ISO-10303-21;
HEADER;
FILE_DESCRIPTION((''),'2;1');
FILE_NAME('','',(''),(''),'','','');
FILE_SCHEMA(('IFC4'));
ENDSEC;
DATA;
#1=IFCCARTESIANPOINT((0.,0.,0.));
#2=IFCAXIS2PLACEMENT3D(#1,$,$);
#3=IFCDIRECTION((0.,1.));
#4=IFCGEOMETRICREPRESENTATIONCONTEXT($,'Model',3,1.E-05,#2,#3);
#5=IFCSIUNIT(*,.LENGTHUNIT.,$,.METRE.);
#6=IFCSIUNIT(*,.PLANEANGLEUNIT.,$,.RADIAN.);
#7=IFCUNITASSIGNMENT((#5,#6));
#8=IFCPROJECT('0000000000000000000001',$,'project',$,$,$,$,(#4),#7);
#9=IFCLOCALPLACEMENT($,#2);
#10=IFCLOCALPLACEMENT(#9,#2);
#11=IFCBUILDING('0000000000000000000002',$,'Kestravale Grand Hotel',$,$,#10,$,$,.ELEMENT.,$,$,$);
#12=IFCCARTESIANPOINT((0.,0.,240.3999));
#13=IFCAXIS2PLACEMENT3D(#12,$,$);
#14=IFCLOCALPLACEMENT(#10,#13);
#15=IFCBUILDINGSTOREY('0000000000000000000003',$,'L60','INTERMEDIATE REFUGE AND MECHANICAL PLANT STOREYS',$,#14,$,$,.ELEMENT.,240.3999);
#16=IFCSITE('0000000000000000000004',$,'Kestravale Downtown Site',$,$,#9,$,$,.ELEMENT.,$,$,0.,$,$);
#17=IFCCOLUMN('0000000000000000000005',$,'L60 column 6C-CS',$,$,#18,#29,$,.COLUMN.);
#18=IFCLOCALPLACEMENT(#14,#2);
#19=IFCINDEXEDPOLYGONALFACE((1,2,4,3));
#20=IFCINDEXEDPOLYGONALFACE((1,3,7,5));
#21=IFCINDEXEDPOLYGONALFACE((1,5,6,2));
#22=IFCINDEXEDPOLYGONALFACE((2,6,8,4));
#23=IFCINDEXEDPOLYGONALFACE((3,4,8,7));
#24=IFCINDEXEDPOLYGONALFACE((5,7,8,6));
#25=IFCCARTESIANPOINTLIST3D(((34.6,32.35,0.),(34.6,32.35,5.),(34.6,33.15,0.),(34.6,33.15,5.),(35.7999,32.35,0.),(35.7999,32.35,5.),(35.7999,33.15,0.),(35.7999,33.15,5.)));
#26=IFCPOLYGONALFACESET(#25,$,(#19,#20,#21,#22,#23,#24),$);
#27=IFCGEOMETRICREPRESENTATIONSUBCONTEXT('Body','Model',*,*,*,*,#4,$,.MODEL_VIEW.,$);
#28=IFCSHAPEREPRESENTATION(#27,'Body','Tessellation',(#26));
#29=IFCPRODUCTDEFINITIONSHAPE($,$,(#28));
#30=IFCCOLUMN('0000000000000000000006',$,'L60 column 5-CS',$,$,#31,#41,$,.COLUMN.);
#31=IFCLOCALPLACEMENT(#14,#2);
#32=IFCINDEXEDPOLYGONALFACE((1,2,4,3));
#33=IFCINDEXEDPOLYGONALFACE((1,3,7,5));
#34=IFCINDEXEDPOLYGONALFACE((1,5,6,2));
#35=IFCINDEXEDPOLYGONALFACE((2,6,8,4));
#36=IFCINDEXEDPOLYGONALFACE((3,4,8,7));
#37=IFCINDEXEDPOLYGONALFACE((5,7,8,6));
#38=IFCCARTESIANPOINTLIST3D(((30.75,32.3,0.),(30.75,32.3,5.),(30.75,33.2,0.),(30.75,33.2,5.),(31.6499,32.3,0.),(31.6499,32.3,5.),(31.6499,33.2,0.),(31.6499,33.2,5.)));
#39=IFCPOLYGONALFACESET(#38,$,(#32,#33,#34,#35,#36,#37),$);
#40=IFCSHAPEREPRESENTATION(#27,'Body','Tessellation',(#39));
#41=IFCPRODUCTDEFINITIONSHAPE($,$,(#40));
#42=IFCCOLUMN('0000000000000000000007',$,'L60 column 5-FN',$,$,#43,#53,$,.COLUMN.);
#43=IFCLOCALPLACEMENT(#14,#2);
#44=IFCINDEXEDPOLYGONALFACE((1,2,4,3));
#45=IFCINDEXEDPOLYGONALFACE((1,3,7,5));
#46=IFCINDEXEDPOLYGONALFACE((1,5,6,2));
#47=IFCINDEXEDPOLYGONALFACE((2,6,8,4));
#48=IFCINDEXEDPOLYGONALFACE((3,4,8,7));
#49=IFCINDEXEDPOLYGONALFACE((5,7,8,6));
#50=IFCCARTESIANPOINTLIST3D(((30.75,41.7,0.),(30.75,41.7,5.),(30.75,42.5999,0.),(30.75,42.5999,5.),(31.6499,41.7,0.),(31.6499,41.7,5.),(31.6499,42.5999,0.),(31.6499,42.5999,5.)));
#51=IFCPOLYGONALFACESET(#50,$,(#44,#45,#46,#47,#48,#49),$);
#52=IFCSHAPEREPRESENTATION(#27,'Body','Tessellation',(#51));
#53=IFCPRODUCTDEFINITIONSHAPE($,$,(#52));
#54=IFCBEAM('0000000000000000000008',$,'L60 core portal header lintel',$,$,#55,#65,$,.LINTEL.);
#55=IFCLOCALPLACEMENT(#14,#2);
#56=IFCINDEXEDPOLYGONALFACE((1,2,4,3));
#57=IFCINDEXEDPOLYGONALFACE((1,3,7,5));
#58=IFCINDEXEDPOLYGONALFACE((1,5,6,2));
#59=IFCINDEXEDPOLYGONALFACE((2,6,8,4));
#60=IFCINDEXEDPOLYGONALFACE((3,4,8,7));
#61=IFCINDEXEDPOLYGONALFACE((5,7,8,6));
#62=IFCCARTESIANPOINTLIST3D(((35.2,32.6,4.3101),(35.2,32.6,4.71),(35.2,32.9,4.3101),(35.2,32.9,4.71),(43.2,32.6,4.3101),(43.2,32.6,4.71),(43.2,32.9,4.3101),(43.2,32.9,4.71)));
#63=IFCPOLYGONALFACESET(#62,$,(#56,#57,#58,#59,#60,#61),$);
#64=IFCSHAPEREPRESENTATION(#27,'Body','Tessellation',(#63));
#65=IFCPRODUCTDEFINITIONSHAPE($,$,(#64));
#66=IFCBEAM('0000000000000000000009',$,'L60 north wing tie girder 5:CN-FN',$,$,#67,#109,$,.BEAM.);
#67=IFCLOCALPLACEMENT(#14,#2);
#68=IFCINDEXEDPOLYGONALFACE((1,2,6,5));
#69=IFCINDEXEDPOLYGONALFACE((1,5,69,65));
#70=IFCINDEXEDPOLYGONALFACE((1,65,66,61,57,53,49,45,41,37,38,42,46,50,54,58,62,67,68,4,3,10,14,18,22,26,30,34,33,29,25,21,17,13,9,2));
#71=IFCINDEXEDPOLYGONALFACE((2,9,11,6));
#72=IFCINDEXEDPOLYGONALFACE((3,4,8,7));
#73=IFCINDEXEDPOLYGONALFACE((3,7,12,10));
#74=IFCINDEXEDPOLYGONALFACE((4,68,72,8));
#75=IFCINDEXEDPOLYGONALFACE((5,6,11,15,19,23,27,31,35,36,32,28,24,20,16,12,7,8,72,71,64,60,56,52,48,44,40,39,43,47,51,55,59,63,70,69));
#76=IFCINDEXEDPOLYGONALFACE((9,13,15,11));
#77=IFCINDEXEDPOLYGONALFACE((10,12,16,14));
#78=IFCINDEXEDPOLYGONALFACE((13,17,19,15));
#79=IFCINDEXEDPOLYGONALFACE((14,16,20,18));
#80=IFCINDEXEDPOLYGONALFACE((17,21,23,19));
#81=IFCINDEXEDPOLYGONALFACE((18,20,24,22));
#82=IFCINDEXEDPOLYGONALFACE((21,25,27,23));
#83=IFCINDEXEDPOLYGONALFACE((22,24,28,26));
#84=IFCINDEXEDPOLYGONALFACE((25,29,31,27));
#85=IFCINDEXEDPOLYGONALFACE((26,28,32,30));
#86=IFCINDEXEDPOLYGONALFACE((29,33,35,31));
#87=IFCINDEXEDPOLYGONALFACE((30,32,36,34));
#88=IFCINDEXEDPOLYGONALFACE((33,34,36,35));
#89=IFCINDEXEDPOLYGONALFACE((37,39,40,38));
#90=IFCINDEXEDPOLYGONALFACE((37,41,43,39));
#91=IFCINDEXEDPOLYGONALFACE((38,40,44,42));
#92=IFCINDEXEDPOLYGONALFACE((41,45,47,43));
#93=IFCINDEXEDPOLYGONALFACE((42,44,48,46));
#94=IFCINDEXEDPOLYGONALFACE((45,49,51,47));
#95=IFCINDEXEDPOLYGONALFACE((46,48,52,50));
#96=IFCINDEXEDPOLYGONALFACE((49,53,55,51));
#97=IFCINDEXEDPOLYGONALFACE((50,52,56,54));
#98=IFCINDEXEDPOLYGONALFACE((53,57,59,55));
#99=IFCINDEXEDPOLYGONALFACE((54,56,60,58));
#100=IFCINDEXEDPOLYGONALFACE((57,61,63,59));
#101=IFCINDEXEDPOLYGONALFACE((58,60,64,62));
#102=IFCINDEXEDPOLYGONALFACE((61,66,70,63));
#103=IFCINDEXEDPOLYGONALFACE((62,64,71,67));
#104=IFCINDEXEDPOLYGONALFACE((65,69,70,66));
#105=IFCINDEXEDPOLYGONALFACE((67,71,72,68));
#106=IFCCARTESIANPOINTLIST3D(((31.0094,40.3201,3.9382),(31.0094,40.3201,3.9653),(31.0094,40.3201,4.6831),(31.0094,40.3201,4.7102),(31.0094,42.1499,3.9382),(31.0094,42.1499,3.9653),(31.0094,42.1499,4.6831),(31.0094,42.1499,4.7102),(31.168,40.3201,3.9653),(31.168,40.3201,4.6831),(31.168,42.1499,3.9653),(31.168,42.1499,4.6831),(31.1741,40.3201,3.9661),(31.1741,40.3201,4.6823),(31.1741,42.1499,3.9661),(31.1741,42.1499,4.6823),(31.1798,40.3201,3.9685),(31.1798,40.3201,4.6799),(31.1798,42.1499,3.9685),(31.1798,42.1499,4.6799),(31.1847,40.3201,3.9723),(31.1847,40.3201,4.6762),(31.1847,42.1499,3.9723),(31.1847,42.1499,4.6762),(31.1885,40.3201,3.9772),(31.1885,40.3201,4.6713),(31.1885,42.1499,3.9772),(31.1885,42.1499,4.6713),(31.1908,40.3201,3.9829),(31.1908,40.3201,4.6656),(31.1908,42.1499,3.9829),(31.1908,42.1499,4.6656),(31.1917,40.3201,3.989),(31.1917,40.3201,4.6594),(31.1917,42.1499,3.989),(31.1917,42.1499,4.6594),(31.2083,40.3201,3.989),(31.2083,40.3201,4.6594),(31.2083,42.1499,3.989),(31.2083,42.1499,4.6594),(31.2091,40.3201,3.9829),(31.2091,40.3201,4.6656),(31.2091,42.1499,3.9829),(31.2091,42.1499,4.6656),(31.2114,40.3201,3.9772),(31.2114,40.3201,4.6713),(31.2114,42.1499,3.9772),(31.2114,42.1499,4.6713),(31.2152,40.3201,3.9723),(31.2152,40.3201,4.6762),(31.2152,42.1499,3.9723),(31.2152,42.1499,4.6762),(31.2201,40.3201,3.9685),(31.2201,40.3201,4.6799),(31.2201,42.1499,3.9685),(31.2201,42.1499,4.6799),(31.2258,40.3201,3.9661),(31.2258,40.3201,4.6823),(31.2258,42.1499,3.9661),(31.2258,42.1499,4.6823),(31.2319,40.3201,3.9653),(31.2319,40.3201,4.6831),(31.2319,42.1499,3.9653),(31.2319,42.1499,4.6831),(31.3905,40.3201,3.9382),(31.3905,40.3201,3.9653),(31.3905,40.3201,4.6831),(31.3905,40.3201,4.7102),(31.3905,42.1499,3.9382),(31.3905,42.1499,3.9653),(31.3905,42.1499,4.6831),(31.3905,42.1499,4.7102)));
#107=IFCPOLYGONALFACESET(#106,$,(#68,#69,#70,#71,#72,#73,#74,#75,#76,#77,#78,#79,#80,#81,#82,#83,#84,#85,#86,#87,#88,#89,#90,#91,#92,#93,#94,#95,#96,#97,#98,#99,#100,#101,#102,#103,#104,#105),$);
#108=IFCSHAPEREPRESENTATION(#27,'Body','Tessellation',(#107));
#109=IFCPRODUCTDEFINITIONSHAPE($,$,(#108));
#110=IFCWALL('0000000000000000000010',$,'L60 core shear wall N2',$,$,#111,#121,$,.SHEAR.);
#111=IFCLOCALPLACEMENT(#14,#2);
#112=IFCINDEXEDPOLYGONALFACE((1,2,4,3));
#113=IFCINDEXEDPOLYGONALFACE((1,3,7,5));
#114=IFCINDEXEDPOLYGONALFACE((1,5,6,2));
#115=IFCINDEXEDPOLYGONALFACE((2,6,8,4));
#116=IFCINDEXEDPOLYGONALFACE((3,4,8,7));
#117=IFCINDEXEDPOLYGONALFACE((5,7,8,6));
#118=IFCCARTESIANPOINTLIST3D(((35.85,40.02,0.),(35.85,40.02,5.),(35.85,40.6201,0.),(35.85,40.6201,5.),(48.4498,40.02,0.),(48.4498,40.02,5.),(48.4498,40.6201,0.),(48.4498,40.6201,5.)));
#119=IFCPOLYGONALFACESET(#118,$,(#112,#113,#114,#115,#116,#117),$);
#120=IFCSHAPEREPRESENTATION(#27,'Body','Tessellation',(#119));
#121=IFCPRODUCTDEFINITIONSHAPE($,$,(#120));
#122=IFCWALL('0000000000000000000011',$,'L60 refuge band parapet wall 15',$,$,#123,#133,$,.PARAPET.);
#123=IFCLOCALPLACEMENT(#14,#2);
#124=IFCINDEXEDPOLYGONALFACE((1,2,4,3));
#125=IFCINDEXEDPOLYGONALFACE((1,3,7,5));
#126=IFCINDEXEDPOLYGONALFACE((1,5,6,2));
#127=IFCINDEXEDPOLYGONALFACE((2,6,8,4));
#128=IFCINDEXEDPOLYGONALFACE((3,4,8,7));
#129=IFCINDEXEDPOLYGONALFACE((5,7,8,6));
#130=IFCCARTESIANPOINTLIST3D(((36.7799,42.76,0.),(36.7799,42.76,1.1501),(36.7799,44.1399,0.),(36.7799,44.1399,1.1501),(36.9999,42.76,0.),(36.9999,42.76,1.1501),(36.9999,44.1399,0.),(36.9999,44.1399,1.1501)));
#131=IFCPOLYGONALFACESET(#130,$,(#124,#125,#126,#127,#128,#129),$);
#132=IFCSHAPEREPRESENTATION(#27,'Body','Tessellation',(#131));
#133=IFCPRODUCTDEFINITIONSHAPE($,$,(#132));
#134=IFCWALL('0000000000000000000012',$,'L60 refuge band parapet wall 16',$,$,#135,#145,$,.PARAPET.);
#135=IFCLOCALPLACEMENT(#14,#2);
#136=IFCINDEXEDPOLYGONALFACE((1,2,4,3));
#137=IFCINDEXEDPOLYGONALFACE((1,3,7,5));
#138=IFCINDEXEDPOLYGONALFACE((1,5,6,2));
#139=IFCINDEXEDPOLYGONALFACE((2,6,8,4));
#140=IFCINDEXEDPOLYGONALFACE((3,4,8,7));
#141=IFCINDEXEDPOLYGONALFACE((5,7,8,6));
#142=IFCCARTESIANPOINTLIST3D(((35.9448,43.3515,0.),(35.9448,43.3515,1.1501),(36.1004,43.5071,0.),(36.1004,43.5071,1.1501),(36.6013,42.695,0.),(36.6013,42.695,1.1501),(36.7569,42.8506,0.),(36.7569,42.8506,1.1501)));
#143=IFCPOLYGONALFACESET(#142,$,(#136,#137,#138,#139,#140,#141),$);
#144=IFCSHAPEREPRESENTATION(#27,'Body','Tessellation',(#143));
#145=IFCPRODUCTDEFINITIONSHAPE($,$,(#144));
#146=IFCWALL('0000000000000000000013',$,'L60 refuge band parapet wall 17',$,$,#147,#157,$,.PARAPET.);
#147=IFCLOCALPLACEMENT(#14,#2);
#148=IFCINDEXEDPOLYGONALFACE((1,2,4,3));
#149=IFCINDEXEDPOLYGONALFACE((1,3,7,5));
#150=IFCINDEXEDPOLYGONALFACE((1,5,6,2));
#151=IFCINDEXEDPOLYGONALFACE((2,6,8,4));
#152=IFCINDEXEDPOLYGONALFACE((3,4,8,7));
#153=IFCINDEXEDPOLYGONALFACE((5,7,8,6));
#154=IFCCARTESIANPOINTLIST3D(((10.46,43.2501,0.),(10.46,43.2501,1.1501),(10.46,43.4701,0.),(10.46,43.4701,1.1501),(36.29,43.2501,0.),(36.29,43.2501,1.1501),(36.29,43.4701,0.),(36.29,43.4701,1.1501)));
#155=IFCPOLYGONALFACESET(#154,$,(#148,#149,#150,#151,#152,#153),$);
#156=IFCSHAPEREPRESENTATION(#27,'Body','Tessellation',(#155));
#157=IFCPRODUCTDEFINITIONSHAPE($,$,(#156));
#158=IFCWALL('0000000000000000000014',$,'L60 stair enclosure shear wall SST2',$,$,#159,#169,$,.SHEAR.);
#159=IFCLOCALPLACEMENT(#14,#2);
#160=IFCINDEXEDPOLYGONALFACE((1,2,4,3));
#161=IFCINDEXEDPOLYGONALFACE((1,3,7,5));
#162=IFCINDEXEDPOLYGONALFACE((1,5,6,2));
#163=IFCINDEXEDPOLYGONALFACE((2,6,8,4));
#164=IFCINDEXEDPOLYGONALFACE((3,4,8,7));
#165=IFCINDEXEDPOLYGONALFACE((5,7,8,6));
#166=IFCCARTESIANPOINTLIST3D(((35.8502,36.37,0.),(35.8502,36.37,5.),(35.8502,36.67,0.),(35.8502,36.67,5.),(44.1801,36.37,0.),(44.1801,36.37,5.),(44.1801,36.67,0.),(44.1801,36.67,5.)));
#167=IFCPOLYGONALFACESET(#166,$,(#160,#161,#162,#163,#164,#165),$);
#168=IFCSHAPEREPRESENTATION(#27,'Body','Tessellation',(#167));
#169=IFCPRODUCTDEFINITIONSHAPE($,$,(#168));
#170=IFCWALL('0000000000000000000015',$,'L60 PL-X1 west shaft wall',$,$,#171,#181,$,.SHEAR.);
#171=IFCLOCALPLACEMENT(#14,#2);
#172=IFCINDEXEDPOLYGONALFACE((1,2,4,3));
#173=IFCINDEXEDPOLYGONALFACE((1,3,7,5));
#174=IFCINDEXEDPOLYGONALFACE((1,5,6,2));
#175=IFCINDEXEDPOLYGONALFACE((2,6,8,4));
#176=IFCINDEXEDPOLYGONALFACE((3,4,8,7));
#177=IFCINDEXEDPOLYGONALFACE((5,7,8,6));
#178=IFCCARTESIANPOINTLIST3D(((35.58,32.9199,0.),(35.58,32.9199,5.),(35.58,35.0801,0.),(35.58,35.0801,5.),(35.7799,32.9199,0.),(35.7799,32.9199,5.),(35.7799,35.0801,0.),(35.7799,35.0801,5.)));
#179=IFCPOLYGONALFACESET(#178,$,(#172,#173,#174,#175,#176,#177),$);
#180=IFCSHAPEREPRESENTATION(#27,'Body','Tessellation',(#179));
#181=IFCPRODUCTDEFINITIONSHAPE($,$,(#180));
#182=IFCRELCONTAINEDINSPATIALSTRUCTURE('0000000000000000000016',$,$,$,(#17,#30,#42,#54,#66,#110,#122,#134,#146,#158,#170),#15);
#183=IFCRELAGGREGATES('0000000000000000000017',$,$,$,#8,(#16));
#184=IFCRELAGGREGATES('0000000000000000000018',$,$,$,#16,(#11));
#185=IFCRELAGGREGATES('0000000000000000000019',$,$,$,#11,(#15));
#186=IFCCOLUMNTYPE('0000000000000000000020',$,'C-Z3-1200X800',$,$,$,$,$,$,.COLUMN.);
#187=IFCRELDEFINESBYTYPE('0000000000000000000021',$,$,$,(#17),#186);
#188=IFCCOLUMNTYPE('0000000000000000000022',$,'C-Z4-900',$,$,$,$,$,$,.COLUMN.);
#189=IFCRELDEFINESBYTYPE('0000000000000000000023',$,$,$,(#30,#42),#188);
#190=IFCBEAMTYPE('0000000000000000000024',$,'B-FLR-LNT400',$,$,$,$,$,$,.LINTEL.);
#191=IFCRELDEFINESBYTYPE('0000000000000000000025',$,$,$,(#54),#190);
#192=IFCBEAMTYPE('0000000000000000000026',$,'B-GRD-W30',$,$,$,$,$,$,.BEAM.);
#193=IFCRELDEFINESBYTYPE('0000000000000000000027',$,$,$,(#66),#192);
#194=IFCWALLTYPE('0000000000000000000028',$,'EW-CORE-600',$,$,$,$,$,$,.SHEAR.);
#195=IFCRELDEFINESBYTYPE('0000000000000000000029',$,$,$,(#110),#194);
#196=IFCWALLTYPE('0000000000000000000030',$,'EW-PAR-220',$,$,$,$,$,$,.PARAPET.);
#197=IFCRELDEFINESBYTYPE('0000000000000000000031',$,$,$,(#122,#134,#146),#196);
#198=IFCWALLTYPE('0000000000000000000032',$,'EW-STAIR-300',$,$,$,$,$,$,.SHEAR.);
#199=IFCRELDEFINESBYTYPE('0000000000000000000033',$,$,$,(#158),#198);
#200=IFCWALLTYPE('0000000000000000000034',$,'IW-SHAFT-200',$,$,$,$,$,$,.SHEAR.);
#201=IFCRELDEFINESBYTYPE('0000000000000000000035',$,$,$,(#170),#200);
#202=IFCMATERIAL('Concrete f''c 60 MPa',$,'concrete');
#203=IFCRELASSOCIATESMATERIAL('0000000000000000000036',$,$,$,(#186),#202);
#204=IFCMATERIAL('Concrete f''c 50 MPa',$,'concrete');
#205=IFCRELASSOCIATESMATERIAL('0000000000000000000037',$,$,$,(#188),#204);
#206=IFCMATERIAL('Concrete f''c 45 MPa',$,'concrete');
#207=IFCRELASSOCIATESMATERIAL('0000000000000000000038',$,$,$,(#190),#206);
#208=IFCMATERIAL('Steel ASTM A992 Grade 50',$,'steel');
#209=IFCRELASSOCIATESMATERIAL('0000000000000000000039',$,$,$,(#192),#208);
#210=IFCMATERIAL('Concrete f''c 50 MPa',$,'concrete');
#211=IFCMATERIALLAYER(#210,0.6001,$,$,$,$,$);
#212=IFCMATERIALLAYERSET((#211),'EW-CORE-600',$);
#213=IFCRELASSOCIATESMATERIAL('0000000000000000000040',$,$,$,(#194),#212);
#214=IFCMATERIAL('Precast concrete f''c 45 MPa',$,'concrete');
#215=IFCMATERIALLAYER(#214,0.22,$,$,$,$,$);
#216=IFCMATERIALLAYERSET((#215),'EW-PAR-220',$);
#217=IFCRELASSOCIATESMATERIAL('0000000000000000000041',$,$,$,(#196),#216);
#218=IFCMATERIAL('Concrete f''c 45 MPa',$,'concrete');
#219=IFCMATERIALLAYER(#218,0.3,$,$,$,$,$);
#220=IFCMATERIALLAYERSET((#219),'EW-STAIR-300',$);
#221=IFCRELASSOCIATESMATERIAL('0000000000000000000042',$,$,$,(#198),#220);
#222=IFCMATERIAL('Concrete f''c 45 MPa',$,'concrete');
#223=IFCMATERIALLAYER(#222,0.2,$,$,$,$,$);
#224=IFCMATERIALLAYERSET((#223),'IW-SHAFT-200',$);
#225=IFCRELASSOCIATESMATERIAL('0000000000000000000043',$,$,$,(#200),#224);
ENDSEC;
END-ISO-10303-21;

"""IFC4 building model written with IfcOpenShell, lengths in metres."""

from ifc_helpers import new_model, si_unit, direction, frame, frame_2d, origin, origin_2d, place, context, subcontext, project, spatial, rectangle, i_section, extrude, material, layer, layer_set, material_profile, profile_set, type_object, element, save


model = new_model("IFC4")

# Units and contexts
model_context = context("Model", 3, precision=1e-05, world=origin(), true_north=direction((0.0, 1.0)))
body_context = subcontext(model_context, "Body", "Model", "MODEL_VIEW")
ifc_project = project(units=[si_unit("LENGTHUNIT", "METRE"), si_unit("PLANEANGLEUNIT", "RADIAN")], contexts=[model_context])

# Site, building, storey
site_placement = place(None, origin())
site = spatial("IfcSite", under=ifc_project, at=site_placement, Name="Kestravale Downtown Site", CompositionType="ELEMENT", RefElevation=0.0)
building_placement = place(site_placement, origin())
building = spatial("IfcBuilding", under=site, at=building_placement, Name="Kestravale Grand Hotel", CompositionType="ELEMENT")
storey_placement = place(building_placement, frame((0.0, 0.0, 240.3999)))
storey = spatial("IfcBuildingStorey", under=building, at=storey_placement, Name="L60", Description="INTERMEDIATE REFUGE AND MECHANICAL PLANT STOREYS", CompositionType="ELEMENT", Elevation=240.3999)

# Columns
ifc_material_1 = material(Name="Concrete f'c 60 MPa", Category="concrete")
ifc_material_profile_1 = material_profile(ifc_material_1, rectangle(XDim=1.2, YDim=0.8, at=origin_2d()))
ifc_profile_set_1 = profile_set([ifc_material_profile_1], Name="Concrete f'c 60 MPa")
column_type_1 = type_object("IfcColumnType", Name="C-Z3-1200X800", PredefinedType="COLUMN", material=ifc_profile_set_1)
column_placement = place(storey_placement, frame((35.2, 32.75, 0.0), z_axis=(0.0, 0.0, 1.0), x_axis=(1.0, 0.0, 0.0)))
element("IfcColumn", 1, at=column_placement, inside=storey, type_object=column_type_1, Name="L60 column 6C-CS", PredefinedType="COLUMN", context=body_context, shape_type="SweptSolid", body=[
    extrude(rectangle(XDim=1.2, YDim=0.8, at=origin_2d()), origin(), (0.0, 0.0, 1.0), 5.0),
])
ifc_material_2 = material(Name="Concrete f'c 50 MPa", Category="concrete")
ifc_material_profile_2 = material_profile(ifc_material_2, rectangle(XDim=0.8999, YDim=0.8999, at=origin_2d()))
ifc_profile_set_2 = profile_set([ifc_material_profile_2], Name="Concrete f'c 50 MPa")
column_type_2 = type_object("IfcColumnType", Name="C-Z4-900", PredefinedType="COLUMN", material=ifc_profile_set_2)
for number, where, z_axis, x_axis, name in (
    (2, (31.2, 32.75, 0.0), (0.0, 0.0, 1.0), (1.0, 0.0, 0.0), "L60 column 5-CS"),
    (3, (31.2, 42.1499, 0.0), (0.0, 0.0, 1.0), (1.0, 0.0, 0.0), "L60 column 5-FN"),
):
    element("IfcColumn", number, at=place(storey_placement, frame(where, z_axis=z_axis, x_axis=x_axis)), inside=storey, type_object=column_type_2, Name=name, PredefinedType="COLUMN", context=body_context, shape_type="SweptSolid", body=[
        extrude(rectangle(XDim=0.8999, YDim=0.8999, at=origin_2d()), origin(), (0.0, 0.0, 1.0), 5.0),
    ])

# Beams
ifc_material_3 = material(Name="Concrete f'c 45 MPa", Category="concrete")
ifc_material_profile_3 = material_profile(ifc_material_3, rectangle(XDim=0.3, YDim=0.3999, at=origin_2d()))
ifc_profile_set_3 = profile_set([ifc_material_profile_3], Name="Concrete f'c 45 MPa")
beam_type_1 = type_object("IfcBeamType", Name="B-FLR-LNT400", PredefinedType="LINTEL", material=ifc_profile_set_3)
beam_1_placement = place(storey_placement, frame((35.2, 32.75, 4.51), z_axis=(1.0, 0.0, 0.0), x_axis=(0.0, 1.0, 0.0)))
element("IfcBeam", 4, at=beam_1_placement, inside=storey, type_object=beam_type_1, Name="L60 core portal header lintel", PredefinedType="LINTEL", context=body_context, shape_type="SweptSolid", body=[
    extrude(rectangle(XDim=0.3, YDim=0.3999, at=origin_2d()), origin(), (0.0, 0.0, 1.0), 8.0),
])
ifc_material_4 = material(Name="Steel ASTM A992 Grade 50", Category="steel")
ifc_material_profile_4 = material_profile(ifc_material_4, i_section(OverallWidth=0.3811, OverallDepth=0.772, WebThickness=0.0166, FlangeThickness=0.0271, FilletRadius=0.0237, at=origin_2d()))
ifc_profile_set_4 = profile_set([ifc_material_profile_4], Name="Steel ASTM A992 Grade 50")
beam_type_2 = type_object("IfcBeamType", Name="B-GRD-W30", PredefinedType="BEAM", material=ifc_profile_set_4)
beam_2_placement = place(storey_placement, frame((31.2, 40.3201, 4.3242), z_axis=(0.0, 1.0, 0.0), x_axis=(-1.0, 0.0, 0.0)))
element("IfcBeam", 5, at=beam_2_placement, inside=storey, type_object=beam_type_2, Name="L60 north wing tie girder 5:CN-FN", PredefinedType="BEAM", context=body_context, shape_type="SweptSolid", body=[
    extrude(i_section(OverallWidth=0.3811, OverallDepth=0.772, WebThickness=0.0166, FlangeThickness=0.0271, FilletRadius=0.0237, at=origin_2d()), origin(), (0.0, 0.0, 1.0), 1.8298),
])

# Wall
ifc_material_5 = material(Name="Concrete f'c 50 MPa", Category="concrete")
ifc_layer_1 = layer(ifc_material_5, 0.6001)
ifc_layer_set_1 = layer_set([ifc_layer_1], Name="EW-CORE-600")
wall_type_1 = type_object("IfcWallType", Name="EW-CORE-600", PredefinedType="SHEAR", material=ifc_layer_set_1)
wall_1_placement = place(storey_placement, frame((35.8501, 40.3201, 0.0), z_axis=(0.0, 0.0, 1.0), x_axis=(1.0, 0.0, 0.0)))
element("IfcWall", 6, at=wall_1_placement, inside=storey, type_object=wall_type_1, Name="L60 core shear wall N2", PredefinedType="SHEAR", context=body_context, shape_type="SweptSolid", body=[
    extrude(rectangle(XDim=12.5999, YDim=0.6001, at=frame_2d((6.2998, 0.0))), origin(), (0.0, 0.0, 1.0), 5.0),
])

# Walls
ifc_material_6 = material(Name="Precast concrete f'c 45 MPa", Category="concrete")
ifc_layer_2 = layer(ifc_material_6, 0.22)
ifc_layer_set_2 = layer_set([ifc_layer_2], Name="EW-PAR-220")
wall_type_2 = type_object("IfcWallType", Name="EW-PAR-220", PredefinedType="PARAPET", material=ifc_layer_set_2)
wall_2_placement = place(storey_placement, frame((36.8899, 44.1399, 0.0), z_axis=(0.0, 0.0, 1.0), x_axis=(0.0, -1.0, 0.0)))
element("IfcWall", 7, at=wall_2_placement, inside=storey, type_object=wall_type_2, Name="L60 refuge band parapet wall 15", PredefinedType="PARAPET", context=body_context, shape_type="SweptSolid", body=[
    extrude(rectangle(XDim=1.3799, YDim=0.22, at=frame_2d((0.6899, 0.0))), origin(), (0.0, 0.0, 1.0), 1.1501),
])
wall_3_placement = place(storey_placement, frame((36.6792, 42.7727, 0.0), z_axis=(0.0, 0.0, 1.0), x_axis=(-0.707107, 0.707107, 0.0)))
element("IfcWall", 8, at=wall_3_placement, inside=storey, type_object=wall_type_2, Name="L60 refuge band parapet wall 16", PredefinedType="PARAPET", context=body_context, shape_type="SweptSolid", body=[
    extrude(rectangle(XDim=0.9285, YDim=0.22, at=frame_2d((0.4644, 0.0))), origin(), (0.0, 0.0, 1.0), 1.1501),
])
wall_4_placement = place(storey_placement, frame((36.29, 43.3601, 0.0), z_axis=(0.0, 0.0, 1.0), x_axis=(-1.0, 0.0, 0.0)))
element("IfcWall", 9, at=wall_4_placement, inside=storey, type_object=wall_type_2, Name="L60 refuge band parapet wall 17", PredefinedType="PARAPET", context=body_context, shape_type="SweptSolid", body=[
    extrude(rectangle(XDim=25.8301, YDim=0.22, at=frame_2d((12.915, 0.0))), origin(), (0.0, 0.0, 1.0), 1.1501),
])
ifc_material_7 = material(Name="Concrete f'c 45 MPa", Category="concrete")
ifc_layer_3 = layer(ifc_material_7, 0.3)
ifc_layer_set_3 = layer_set([ifc_layer_3], Name="EW-STAIR-300")
wall_type_3 = type_object("IfcWallType", Name="EW-STAIR-300", PredefinedType="SHEAR", material=ifc_layer_set_3)
wall_5_placement = place(storey_placement, frame((35.8501, 36.52, 0.0), z_axis=(0.0, 0.0, 1.0), x_axis=(1.0, 0.0, 0.0)))
element("IfcWall", 10, at=wall_5_placement, inside=storey, type_object=wall_type_3, Name="L60 stair enclosure shear wall SST2", PredefinedType="SHEAR", context=body_context, shape_type="SweptSolid", body=[
    extrude(rectangle(XDim=8.3298, YDim=0.3, at=frame_2d((4.165, 0.0))), origin(), (0.0, 0.0, 1.0), 5.0),
])
ifc_material_8 = material(Name="Concrete f'c 45 MPa", Category="concrete")
ifc_layer_4 = layer(ifc_material_8, 0.2)
ifc_layer_set_4 = layer_set([ifc_layer_4], Name="IW-SHAFT-200")
wall_type_4 = type_object("IfcWallType", Name="IW-SHAFT-200", PredefinedType="SHEAR", material=ifc_layer_set_4)
wall_6_placement = place(storey_placement, frame((35.6799, 32.9199, 0.0), z_axis=(0.0, 0.0, 1.0), x_axis=(0.0, 1.0, 0.0)))
element("IfcWall", 11, at=wall_6_placement, inside=storey, type_object=wall_type_4, Name="L60 PL-X1 west shaft wall", PredefinedType="SHEAR", context=body_context, shape_type="SweptSolid", body=[
    extrude(rectangle(XDim=2.1602, YDim=0.2, at=frame_2d((1.0801, 0.0))), origin(), (0.0, 0.0, 1.0), 5.0),
])

save(model, "model.ifc")
